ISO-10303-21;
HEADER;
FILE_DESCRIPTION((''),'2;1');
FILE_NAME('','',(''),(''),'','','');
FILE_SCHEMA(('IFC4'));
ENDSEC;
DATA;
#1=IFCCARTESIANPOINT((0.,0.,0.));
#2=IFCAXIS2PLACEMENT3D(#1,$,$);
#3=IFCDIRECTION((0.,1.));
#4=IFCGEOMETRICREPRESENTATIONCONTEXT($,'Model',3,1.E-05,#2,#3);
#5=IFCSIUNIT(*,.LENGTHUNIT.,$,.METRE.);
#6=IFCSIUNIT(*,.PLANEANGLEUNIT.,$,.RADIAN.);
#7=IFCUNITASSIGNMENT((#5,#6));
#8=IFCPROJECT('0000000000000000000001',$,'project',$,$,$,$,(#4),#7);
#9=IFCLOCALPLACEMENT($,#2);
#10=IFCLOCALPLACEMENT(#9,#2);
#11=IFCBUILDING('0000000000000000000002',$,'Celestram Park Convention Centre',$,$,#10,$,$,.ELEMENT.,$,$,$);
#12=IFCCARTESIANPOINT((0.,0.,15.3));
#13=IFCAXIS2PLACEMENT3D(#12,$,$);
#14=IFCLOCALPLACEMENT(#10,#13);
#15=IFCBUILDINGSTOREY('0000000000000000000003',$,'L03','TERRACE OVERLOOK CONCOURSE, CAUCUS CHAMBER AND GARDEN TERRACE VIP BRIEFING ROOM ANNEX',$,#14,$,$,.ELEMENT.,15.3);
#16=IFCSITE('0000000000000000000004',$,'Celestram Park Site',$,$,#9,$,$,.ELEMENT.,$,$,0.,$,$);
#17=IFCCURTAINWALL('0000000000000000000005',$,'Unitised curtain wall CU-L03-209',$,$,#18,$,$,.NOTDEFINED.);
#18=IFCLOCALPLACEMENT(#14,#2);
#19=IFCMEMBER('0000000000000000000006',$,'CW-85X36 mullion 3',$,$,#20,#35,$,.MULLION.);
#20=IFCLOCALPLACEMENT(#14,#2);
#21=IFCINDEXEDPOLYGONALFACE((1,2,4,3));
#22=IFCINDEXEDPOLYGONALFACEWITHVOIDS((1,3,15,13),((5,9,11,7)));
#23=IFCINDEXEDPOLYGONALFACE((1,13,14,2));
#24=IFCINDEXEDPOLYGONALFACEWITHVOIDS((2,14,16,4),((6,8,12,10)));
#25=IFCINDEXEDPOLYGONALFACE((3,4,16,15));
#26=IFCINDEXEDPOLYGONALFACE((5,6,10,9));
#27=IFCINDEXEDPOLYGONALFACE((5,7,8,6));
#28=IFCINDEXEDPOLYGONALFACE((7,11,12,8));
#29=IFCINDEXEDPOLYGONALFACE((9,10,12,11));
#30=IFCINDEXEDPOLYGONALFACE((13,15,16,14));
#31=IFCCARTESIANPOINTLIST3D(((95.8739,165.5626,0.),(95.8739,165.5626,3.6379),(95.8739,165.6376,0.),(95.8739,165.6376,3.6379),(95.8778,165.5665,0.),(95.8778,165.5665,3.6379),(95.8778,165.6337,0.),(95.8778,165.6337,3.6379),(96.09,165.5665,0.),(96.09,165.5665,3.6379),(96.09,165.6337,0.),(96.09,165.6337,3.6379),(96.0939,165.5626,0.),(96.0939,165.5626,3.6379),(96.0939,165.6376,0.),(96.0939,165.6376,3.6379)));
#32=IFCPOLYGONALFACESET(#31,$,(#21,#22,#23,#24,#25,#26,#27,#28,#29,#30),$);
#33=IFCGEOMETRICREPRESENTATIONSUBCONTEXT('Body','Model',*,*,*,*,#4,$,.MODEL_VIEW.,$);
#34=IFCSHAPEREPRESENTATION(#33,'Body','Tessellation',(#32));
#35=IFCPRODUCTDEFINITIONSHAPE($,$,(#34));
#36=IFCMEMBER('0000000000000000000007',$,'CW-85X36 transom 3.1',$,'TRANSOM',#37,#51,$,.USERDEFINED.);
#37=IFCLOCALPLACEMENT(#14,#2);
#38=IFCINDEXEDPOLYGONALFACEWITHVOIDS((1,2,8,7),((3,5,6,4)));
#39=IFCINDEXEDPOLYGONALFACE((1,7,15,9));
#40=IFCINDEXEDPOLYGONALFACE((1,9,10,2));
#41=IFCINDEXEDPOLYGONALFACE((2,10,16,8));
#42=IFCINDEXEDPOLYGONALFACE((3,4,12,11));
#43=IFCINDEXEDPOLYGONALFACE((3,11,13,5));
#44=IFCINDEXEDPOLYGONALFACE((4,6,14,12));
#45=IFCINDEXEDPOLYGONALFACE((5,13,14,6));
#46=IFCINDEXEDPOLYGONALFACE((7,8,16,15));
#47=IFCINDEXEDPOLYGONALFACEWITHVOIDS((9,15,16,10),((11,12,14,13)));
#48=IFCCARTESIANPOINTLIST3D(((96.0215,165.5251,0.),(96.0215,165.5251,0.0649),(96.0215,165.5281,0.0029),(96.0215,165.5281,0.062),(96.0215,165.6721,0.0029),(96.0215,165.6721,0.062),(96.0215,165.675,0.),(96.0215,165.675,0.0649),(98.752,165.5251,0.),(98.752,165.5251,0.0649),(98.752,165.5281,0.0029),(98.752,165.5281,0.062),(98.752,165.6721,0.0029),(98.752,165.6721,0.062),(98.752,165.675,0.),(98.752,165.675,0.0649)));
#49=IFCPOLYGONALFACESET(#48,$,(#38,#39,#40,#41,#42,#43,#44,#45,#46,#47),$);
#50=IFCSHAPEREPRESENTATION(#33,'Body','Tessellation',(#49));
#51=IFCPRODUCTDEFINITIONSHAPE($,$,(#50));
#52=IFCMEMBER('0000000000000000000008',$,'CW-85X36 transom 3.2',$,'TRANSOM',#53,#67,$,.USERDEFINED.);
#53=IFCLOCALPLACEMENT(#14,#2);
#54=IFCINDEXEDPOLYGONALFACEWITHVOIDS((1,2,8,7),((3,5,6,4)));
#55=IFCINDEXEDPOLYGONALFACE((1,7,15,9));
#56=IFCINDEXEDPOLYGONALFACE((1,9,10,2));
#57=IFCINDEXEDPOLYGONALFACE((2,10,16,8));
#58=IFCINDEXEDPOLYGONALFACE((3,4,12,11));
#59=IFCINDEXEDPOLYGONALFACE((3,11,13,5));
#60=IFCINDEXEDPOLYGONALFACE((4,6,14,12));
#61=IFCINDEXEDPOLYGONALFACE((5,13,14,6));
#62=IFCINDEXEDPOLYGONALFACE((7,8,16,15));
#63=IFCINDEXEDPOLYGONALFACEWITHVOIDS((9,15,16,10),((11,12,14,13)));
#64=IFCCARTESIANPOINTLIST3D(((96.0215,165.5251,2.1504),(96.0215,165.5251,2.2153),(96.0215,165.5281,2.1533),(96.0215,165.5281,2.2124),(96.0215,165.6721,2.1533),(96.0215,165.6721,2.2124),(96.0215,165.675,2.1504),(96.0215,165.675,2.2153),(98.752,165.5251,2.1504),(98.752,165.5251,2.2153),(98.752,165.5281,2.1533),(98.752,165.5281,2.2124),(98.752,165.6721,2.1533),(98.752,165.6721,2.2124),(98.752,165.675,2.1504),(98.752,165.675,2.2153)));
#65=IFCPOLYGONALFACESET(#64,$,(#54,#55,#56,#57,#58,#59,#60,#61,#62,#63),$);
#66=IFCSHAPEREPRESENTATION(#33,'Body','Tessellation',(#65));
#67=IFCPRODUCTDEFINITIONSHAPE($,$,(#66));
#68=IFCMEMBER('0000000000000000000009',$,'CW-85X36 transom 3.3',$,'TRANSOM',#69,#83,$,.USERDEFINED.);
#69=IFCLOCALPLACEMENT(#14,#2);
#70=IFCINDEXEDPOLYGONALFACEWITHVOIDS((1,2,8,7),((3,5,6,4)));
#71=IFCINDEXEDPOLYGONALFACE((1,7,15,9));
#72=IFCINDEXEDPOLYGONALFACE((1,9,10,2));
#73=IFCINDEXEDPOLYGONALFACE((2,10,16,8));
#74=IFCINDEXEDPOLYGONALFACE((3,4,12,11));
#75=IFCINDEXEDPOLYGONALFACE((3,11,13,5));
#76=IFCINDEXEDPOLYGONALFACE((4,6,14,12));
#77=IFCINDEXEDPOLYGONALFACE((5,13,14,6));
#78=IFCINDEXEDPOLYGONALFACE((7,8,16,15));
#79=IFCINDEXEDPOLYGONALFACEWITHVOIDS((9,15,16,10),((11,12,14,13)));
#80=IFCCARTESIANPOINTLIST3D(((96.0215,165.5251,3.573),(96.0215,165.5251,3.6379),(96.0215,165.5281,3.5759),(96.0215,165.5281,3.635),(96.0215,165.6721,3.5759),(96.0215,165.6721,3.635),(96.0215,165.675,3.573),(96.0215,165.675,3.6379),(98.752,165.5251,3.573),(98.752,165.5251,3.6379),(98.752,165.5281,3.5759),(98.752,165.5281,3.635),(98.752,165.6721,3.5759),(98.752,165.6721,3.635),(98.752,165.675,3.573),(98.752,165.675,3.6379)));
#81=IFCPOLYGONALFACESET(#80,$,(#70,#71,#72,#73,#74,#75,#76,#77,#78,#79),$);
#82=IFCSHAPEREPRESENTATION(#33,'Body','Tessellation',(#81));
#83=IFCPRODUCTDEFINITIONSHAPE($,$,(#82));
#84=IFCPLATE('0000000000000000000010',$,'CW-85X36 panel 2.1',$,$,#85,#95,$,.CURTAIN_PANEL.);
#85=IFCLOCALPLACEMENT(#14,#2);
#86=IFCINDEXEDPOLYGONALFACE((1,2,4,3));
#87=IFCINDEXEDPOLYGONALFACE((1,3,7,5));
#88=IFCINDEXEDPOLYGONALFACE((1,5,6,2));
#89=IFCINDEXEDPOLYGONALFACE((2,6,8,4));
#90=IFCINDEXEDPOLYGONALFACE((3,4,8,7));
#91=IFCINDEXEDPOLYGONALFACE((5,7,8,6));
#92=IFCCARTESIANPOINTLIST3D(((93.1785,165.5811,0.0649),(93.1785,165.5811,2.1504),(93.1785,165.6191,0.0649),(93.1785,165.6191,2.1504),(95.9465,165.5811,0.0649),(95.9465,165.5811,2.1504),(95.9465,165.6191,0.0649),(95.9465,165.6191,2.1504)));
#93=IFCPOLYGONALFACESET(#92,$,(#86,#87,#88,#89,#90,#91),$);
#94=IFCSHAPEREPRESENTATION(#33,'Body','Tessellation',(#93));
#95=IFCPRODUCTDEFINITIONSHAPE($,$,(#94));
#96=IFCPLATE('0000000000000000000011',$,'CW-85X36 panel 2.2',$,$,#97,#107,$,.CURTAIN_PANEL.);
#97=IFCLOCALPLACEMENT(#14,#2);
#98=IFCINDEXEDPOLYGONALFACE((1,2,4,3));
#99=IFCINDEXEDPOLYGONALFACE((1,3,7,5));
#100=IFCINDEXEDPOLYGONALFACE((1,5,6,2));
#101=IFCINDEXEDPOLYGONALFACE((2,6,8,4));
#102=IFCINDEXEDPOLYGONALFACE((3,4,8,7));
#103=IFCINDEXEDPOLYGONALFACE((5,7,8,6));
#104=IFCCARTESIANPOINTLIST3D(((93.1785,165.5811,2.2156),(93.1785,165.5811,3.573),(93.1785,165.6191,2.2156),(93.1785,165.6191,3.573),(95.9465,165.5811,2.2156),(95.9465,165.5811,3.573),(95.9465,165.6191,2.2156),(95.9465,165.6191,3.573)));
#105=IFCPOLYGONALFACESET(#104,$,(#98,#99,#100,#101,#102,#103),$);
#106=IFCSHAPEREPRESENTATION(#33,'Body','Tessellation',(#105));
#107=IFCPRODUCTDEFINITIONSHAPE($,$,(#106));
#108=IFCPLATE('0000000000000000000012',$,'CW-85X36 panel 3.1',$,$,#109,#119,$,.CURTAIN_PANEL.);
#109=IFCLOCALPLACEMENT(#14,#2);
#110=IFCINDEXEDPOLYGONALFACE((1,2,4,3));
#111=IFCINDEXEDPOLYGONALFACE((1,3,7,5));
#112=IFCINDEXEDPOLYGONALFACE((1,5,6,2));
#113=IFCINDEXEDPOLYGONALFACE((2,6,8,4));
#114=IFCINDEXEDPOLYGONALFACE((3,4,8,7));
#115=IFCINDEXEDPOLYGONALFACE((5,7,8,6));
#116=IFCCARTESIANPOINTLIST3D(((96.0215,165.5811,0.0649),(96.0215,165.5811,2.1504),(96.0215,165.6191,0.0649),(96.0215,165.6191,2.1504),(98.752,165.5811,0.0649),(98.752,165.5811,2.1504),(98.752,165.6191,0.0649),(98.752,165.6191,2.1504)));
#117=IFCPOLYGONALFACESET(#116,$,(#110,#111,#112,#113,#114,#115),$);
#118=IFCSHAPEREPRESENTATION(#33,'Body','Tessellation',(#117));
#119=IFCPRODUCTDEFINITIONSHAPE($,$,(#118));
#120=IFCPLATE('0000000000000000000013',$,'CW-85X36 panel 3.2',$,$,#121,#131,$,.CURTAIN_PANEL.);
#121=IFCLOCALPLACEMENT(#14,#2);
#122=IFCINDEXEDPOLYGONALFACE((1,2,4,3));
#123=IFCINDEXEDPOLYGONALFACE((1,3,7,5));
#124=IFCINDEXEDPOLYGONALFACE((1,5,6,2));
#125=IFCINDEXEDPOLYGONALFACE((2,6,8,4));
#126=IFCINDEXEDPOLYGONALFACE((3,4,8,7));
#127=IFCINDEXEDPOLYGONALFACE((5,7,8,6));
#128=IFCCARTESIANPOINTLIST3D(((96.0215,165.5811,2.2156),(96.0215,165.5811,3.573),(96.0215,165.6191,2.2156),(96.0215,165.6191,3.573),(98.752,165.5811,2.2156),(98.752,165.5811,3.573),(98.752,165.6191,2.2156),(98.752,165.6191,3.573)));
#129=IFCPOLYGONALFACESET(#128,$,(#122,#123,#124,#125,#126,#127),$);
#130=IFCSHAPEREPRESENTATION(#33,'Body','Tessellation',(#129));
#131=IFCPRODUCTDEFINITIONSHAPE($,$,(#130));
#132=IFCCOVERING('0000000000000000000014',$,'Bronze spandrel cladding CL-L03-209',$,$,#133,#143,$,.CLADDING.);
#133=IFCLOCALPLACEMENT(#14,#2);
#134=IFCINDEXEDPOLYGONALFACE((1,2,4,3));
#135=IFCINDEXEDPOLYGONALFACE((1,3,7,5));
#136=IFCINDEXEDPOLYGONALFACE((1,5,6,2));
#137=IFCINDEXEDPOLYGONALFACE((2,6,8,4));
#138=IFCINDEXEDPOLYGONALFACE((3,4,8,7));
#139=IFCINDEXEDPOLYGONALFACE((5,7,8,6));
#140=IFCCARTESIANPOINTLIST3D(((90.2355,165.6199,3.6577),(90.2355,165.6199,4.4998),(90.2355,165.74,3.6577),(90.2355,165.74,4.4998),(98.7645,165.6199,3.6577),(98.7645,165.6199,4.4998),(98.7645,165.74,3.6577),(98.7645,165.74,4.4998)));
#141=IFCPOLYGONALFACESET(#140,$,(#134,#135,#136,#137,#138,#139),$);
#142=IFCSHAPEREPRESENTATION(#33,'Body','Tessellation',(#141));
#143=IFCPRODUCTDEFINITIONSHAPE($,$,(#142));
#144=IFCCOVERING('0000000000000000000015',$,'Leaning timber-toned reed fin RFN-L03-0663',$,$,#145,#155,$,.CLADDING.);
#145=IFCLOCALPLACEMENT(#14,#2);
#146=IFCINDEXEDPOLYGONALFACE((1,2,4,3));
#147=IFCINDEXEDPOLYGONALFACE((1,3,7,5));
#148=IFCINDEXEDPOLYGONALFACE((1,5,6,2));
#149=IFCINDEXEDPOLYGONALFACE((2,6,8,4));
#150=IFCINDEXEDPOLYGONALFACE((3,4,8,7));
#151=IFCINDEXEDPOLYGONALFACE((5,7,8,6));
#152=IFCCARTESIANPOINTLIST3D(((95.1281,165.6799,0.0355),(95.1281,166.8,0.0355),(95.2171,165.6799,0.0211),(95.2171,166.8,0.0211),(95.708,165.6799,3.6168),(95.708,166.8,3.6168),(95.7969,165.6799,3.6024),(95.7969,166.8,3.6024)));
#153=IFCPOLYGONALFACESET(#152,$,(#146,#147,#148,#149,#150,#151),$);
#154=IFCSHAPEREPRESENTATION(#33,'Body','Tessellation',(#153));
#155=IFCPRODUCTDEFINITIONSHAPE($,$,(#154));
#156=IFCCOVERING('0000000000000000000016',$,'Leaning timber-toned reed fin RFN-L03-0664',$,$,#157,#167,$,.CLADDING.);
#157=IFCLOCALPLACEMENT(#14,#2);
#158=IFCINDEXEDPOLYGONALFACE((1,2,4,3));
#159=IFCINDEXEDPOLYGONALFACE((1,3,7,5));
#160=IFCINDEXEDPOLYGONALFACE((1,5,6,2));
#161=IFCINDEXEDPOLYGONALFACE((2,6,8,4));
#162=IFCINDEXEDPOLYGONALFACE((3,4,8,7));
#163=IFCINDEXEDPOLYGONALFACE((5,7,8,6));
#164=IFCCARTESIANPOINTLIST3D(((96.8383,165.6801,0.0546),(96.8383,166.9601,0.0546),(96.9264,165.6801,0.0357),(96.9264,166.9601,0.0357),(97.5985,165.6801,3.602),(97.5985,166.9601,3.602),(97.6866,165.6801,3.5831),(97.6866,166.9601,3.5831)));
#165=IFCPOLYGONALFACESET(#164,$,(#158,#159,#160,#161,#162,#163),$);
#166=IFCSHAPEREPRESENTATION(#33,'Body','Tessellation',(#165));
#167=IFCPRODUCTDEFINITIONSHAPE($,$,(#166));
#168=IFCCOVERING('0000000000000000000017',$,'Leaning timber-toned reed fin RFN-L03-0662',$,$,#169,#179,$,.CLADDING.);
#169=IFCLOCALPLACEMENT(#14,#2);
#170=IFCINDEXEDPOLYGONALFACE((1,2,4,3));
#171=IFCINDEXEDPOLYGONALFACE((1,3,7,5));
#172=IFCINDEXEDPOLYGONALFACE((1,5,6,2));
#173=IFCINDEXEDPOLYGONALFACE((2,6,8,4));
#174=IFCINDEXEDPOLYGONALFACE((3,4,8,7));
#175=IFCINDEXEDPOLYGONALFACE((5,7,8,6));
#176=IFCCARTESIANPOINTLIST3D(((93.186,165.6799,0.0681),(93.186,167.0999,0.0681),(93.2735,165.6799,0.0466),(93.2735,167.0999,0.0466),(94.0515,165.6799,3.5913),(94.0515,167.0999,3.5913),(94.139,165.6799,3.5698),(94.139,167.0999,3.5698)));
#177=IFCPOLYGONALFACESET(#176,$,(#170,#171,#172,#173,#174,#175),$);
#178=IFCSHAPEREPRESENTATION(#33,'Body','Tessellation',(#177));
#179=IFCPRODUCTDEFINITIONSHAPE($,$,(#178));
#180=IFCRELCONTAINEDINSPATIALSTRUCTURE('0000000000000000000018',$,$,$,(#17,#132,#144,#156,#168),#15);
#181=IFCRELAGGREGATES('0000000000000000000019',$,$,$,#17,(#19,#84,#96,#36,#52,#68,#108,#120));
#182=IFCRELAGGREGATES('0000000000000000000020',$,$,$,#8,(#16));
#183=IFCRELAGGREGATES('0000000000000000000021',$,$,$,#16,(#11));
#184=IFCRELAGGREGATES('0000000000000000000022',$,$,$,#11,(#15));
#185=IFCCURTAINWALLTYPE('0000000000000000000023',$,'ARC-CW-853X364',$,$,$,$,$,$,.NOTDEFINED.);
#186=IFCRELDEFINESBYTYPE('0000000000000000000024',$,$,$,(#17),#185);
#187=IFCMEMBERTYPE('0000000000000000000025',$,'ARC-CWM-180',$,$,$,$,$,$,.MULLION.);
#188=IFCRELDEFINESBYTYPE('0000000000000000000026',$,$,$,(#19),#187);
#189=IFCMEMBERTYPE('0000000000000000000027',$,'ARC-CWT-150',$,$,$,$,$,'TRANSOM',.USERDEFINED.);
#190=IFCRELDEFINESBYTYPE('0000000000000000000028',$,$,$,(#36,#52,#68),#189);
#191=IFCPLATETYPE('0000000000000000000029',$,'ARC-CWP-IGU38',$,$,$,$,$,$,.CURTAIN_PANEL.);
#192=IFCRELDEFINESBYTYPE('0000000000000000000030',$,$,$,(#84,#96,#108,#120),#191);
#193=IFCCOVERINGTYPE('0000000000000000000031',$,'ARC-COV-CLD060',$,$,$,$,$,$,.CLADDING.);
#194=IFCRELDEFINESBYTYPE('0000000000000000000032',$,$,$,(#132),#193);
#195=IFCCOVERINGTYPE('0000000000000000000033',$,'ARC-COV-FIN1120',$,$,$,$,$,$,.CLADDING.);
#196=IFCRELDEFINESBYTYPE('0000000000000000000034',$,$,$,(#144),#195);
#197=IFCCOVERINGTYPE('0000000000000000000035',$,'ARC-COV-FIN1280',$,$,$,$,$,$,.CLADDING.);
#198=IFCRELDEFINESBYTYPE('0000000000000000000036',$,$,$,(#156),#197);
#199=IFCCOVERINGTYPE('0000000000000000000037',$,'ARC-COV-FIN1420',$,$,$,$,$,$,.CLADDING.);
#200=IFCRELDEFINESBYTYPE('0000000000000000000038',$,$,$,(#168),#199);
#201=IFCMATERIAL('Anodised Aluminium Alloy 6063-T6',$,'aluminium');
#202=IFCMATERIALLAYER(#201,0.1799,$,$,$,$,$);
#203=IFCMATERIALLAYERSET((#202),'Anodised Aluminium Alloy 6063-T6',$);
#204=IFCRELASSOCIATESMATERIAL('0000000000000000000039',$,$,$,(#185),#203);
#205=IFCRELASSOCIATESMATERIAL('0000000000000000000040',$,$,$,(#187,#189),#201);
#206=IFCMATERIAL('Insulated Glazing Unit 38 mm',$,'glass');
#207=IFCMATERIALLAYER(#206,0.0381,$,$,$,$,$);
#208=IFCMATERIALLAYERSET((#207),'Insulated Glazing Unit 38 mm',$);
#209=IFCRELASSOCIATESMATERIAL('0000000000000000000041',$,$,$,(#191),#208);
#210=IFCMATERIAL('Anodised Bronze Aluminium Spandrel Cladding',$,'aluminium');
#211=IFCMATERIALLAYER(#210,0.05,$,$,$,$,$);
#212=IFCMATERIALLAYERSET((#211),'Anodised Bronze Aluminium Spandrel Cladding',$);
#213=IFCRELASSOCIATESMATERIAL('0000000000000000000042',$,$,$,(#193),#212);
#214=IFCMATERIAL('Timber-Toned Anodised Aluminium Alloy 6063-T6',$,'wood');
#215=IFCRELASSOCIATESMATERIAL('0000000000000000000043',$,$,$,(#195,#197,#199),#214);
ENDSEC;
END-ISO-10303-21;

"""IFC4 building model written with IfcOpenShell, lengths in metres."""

from ifc_helpers import new_model, si_unit, direction, frame, origin, origin_2d, place, context, subcontext, project, spatial, rectangle, hollow_rectangle, extrude, material, layer, layer_set, material_profile, profile_set, type_object, element, aggregate, save


model = new_model("IFC4")

# Units and contexts
model_context = context("Model", 3, precision=1e-05, world=origin(), true_north=direction((0.0, 1.0)))
body_context = subcontext(model_context, "Body", "Model", "MODEL_VIEW")
ifc_project = project(units=[si_unit("LENGTHUNIT", "METRE"), si_unit("PLANEANGLEUNIT", "RADIAN")], contexts=[model_context])

# Site, building, storey
site_placement = place(None, origin())
site = spatial("IfcSite", under=ifc_project, at=site_placement, Name="Celestram Park Site", CompositionType="ELEMENT", RefElevation=0.0)
building_placement = place(site_placement, origin())
building = spatial("IfcBuilding", under=site, at=building_placement, Name="Celestram Park Convention Centre", CompositionType="ELEMENT")
storey_placement = place(building_placement, frame((0.0, 0.0, 15.3)))
storey = spatial("IfcBuildingStorey", under=building, at=storey_placement, Name="L03", Description="TERRACE OVERLOOK CONCOURSE, CAUCUS CHAMBER AND GARDEN TERRACE VIP BRIEFING ROOM ANNEX", CompositionType="ELEMENT", Elevation=15.3)

# Curtain wall, members, plates
ifc_material_1 = material(Name="Anodised Aluminium Alloy 6063-T6", Category="aluminium")
ifc_layer_1 = layer(ifc_material_1, 0.1799)
ifc_layer_set_1 = layer_set([ifc_layer_1], Name="Anodised Aluminium Alloy 6063-T6")
curtain_wall_type = type_object("IfcCurtainWallType", Name="ARC-CW-853X364", PredefinedType="NOTDEFINED", material=ifc_layer_set_1)
curtain_wall_placement = place(storey_placement, origin())
curtain_wall = element("IfcCurtainWall", 1, at=curtain_wall_placement, inside=storey, type_object=curtain_wall_type, Name="Unitised curtain wall CU-L03-209", PredefinedType="NOTDEFINED")
ifc_material_profile_1 = material_profile(ifc_material_1, hollow_rectangle(XDim=0.075, YDim=0.22, WallThickness=0.0039, at=origin_2d()), Name="ALU75X220X4")
ifc_profile_set_1 = profile_set([ifc_material_profile_1], Name="Anodised Aluminium Alloy 6063-T6")
member_type_1 = type_object("IfcMemberType", Name="ARC-CWM-180", PredefinedType="MULLION", material=ifc_profile_set_1)
member_1_placement = place(storey_placement, frame((95.9839, 165.6001, 0.0), z_axis=(0.0, 0.0, 1.0), x_axis=(0.0, 1.0, 0.0)))
member_1 = element("IfcMember", 2, at=member_1_placement, type_object=member_type_1, Name="CW-85X36 mullion 3", PredefinedType="MULLION", context=body_context, shape_type="SweptSolid", body=[
    extrude(hollow_rectangle(XDim=0.075, YDim=0.22, WallThickness=0.0039, at=origin_2d()), origin(), (0.0, 0.0, 1.0), 3.6379),
])
ifc_material_profile_2 = material_profile(ifc_material_1, hollow_rectangle(XDim=0.1499, YDim=0.0649, WallThickness=0.0029, at=origin_2d()), Name="ALU150X65X3")
ifc_profile_set_2 = profile_set([ifc_material_profile_2], Name="Anodised Aluminium Alloy 6063-T6")
member_type_2 = type_object("IfcMemberType", Name="ARC-CWT-150", ElementType="TRANSOM", PredefinedType="USERDEFINED", material=ifc_profile_set_2)
member_2_placement = place(storey_placement, frame((96.0215, 165.6001, 0.0325), z_axis=(1.0, 0.0, 0.0), x_axis=(0.0, 1.0, 0.0)))
member_2 = element("IfcMember", 3, at=member_2_placement, type_object=member_type_2, Name="CW-85X36 transom 3.1", ObjectType="TRANSOM", PredefinedType="USERDEFINED", context=body_context, shape_type="SweptSolid", body=[
    extrude(hollow_rectangle(XDim=0.1499, YDim=0.0649, WallThickness=0.0029, at=origin_2d()), origin(), (0.0, 0.0, 1.0), 2.7305),
])
member_3_placement = place(storey_placement, frame((96.0215, 165.6001, 2.1829), z_axis=(1.0, 0.0, 0.0), x_axis=(0.0, 1.0, 0.0)))
member_3 = element("IfcMember", 4, at=member_3_placement, type_object=member_type_2, Name="CW-85X36 transom 3.2", ObjectType="TRANSOM", PredefinedType="USERDEFINED", context=body_context, shape_type="SweptSolid", body=[
    extrude(hollow_rectangle(XDim=0.1499, YDim=0.0649, WallThickness=0.0029, at=origin_2d()), origin(), (0.0, 0.0, 1.0), 2.7305),
])
member_4_placement = place(storey_placement, frame((96.0215, 165.6001, 3.6055), z_axis=(1.0, 0.0, 0.0), x_axis=(0.0, 1.0, 0.0)))
member_4 = element("IfcMember", 5, at=member_4_placement, type_object=member_type_2, Name="CW-85X36 transom 3.3", ObjectType="TRANSOM", PredefinedType="USERDEFINED", context=body_context, shape_type="SweptSolid", body=[
    extrude(hollow_rectangle(XDim=0.1499, YDim=0.0649, WallThickness=0.0029, at=origin_2d()), origin(), (0.0, 0.0, 1.0), 2.7305),
])
ifc_material_2 = material(Name="Insulated Glazing Unit 38 mm", Category="glass")
ifc_layer_2 = layer(ifc_material_2, 0.0381)
ifc_layer_set_2 = layer_set([ifc_layer_2], Name="Insulated Glazing Unit 38 mm")
plate_type = type_object("IfcPlateType", Name="ARC-CWP-IGU38", PredefinedType="CURTAIN_PANEL", material=ifc_layer_set_2)
plate_1_placement = place(storey_placement, frame((94.5625, 165.6001, 0.0649), z_axis=(0.0, 0.0, 1.0), x_axis=(1.0, 0.0, 0.0)))
plate_1 = element("IfcPlate", 6, at=plate_1_placement, type_object=plate_type, Name="CW-85X36 panel 2.1", PredefinedType="CURTAIN_PANEL", context=body_context, shape_type="SweptSolid", body=[
    extrude(rectangle(XDim=2.7681, YDim=0.0381, at=origin_2d()), origin(), (0.0, 0.0, 1.0), 2.0854),
])
plate_2_placement = place(storey_placement, frame((94.5625, 165.6001, 2.2156), z_axis=(0.0, 0.0, 1.0), x_axis=(1.0, 0.0, 0.0)))
plate_2 = element("IfcPlate", 7, at=plate_2_placement, type_object=plate_type, Name="CW-85X36 panel 2.2", PredefinedType="CURTAIN_PANEL", context=body_context, shape_type="SweptSolid", body=[
    extrude(rectangle(XDim=2.7681, YDim=0.0381, at=origin_2d()), origin(), (0.0, 0.0, 1.0), 1.3574),
])
plate_3_placement = place(storey_placement, frame((97.3867, 165.6001, 0.0649), z_axis=(0.0, 0.0, 1.0), x_axis=(1.0, 0.0, 0.0)))
plate_3 = element("IfcPlate", 8, at=plate_3_placement, type_object=plate_type, Name="CW-85X36 panel 3.1", PredefinedType="CURTAIN_PANEL", context=body_context, shape_type="SweptSolid", body=[
    extrude(rectangle(XDim=2.7305, YDim=0.0381, at=origin_2d()), origin(), (0.0, 0.0, 1.0), 2.0854),
])
plate_4_placement = place(storey_placement, frame((97.3867, 165.6001, 2.2156), z_axis=(0.0, 0.0, 1.0), x_axis=(1.0, 0.0, 0.0)))
plate_4 = element("IfcPlate", 9, at=plate_4_placement, type_object=plate_type, Name="CW-85X36 panel 3.2", PredefinedType="CURTAIN_PANEL", context=body_context, shape_type="SweptSolid", body=[
    extrude(rectangle(XDim=2.7305, YDim=0.0381, at=origin_2d()), origin(), (0.0, 0.0, 1.0), 1.3574),
])
aggregate(curtain_wall, [member_1, plate_1, plate_2, member_2, member_3, member_4, plate_3, plate_4])

# Coverings
ifc_material_3 = material(Name="Anodised Bronze Aluminium Spandrel Cladding", Category="aluminium")
ifc_layer_3 = layer(ifc_material_3, 0.05)
ifc_layer_set_3 = layer_set([ifc_layer_3], Name="Anodised Bronze Aluminium Spandrel Cladding")
covering_type_1 = type_object("IfcCoveringType", Name="ARC-COV-CLD060", PredefinedType="CLADDING", material=ifc_layer_set_3)
covering_1_placement = place(storey_placement, frame((94.5, 165.6799, 3.6577), z_axis=(0.0, 0.0, 1.0), x_axis=(1.0, 0.0, 0.0)))
element("IfcCovering", 10, at=covering_1_placement, inside=storey, type_object=covering_type_1, Name="Bronze spandrel cladding CL-L03-209", PredefinedType="CLADDING", context=body_context, shape_type="SweptSolid", body=[
    extrude(rectangle(XDim=8.5291, YDim=0.1201, at=origin_2d()), origin(), (0.0, 0.0, 1.0), 0.842),
])
ifc_material_4 = material(Name="Timber-Toned Anodised Aluminium Alloy 6063-T6", Category="wood")
ifc_material_profile_3 = material_profile(ifc_material_4, rectangle(XDim=1.1201, YDim=0.0901, at=origin_2d()), Name="REED1120X90")
ifc_profile_set_3 = profile_set([ifc_material_profile_3], Name="Timber-Toned Anodised Aluminium Alloy 6063-T6")
covering_type_2 = type_object("IfcCoveringType", Name="ARC-COV-FIN1120", PredefinedType="CLADDING", material=ifc_profile_set_3)
covering_2_placement = place(storey_placement, frame((95.1726, 166.24, 0.0283), z_axis=(0.159825, 0.0, 0.987145), x_axis=(0.0, 1.0, 0.0)))
element("IfcCovering", 11, at=covering_2_placement, inside=storey, type_object=covering_type_2, Name="Leaning timber-toned reed fin RFN-L03-0663", PredefinedType="CLADDING", context=body_context, shape_type="SweptSolid", body=[
    extrude(rectangle(XDim=1.1201, YDim=0.0901, at=origin_2d()), origin(), (0.0, 0.0, 1.0), 3.6279),
])
ifc_material_profile_4 = material_profile(ifc_material_4, rectangle(XDim=1.28, YDim=0.0901, at=origin_2d()), Name="REED1280X90")
ifc_profile_set_4 = profile_set([ifc_material_profile_4], Name="Timber-Toned Anodised Aluminium Alloy 6063-T6")
covering_type_3 = type_object("IfcCoveringType", Name="ARC-COV-FIN1280", PredefinedType="CLADDING", material=ifc_profile_set_4)
covering_3_placement = place(storey_placement, frame((96.8823, 166.3201, 0.0452), z_axis=(0.209557, 0.0, 0.977797), x_axis=(0.0, 1.0, 0.0)))
element("IfcCovering", 12, at=covering_3_placement, inside=storey, type_object=covering_type_3, Name="Leaning timber-toned reed fin RFN-L03-0664", PredefinedType="CLADDING", context=body_context, shape_type="SweptSolid", body=[
    extrude(rectangle(XDim=1.28, YDim=0.0901, at=origin_2d()), origin(), (0.0, 0.0, 1.0), 3.6279),
])
ifc_material_profile_5 = material_profile(ifc_material_4, rectangle(XDim=1.4199, YDim=0.0901, at=origin_2d()), Name="REED1420X90")
ifc_profile_set_5 = profile_set([ifc_material_profile_5], Name="Timber-Toned Anodised Aluminium Alloy 6063-T6")
covering_type_4 = type_object("IfcCoveringType", Name="ARC-COV-FIN1420", PredefinedType="CLADDING", material=ifc_profile_set_5)
covering_4_placement = place(storey_placement, frame((93.2297, 166.3899, 0.0574), z_axis=(0.238559, 0.0, 0.971128), x_axis=(0.0, 1.0, 0.0)))
element("IfcCovering", 13, at=covering_4_placement, inside=storey, type_object=covering_type_4, Name="Leaning timber-toned reed fin RFN-L03-0662", PredefinedType="CLADDING", context=body_context, shape_type="SweptSolid", body=[
    extrude(rectangle(XDim=1.4199, YDim=0.0901, at=origin_2d()), origin(), (0.0, 0.0, 1.0), 3.6279),
])

save(model, "model.ifc")
